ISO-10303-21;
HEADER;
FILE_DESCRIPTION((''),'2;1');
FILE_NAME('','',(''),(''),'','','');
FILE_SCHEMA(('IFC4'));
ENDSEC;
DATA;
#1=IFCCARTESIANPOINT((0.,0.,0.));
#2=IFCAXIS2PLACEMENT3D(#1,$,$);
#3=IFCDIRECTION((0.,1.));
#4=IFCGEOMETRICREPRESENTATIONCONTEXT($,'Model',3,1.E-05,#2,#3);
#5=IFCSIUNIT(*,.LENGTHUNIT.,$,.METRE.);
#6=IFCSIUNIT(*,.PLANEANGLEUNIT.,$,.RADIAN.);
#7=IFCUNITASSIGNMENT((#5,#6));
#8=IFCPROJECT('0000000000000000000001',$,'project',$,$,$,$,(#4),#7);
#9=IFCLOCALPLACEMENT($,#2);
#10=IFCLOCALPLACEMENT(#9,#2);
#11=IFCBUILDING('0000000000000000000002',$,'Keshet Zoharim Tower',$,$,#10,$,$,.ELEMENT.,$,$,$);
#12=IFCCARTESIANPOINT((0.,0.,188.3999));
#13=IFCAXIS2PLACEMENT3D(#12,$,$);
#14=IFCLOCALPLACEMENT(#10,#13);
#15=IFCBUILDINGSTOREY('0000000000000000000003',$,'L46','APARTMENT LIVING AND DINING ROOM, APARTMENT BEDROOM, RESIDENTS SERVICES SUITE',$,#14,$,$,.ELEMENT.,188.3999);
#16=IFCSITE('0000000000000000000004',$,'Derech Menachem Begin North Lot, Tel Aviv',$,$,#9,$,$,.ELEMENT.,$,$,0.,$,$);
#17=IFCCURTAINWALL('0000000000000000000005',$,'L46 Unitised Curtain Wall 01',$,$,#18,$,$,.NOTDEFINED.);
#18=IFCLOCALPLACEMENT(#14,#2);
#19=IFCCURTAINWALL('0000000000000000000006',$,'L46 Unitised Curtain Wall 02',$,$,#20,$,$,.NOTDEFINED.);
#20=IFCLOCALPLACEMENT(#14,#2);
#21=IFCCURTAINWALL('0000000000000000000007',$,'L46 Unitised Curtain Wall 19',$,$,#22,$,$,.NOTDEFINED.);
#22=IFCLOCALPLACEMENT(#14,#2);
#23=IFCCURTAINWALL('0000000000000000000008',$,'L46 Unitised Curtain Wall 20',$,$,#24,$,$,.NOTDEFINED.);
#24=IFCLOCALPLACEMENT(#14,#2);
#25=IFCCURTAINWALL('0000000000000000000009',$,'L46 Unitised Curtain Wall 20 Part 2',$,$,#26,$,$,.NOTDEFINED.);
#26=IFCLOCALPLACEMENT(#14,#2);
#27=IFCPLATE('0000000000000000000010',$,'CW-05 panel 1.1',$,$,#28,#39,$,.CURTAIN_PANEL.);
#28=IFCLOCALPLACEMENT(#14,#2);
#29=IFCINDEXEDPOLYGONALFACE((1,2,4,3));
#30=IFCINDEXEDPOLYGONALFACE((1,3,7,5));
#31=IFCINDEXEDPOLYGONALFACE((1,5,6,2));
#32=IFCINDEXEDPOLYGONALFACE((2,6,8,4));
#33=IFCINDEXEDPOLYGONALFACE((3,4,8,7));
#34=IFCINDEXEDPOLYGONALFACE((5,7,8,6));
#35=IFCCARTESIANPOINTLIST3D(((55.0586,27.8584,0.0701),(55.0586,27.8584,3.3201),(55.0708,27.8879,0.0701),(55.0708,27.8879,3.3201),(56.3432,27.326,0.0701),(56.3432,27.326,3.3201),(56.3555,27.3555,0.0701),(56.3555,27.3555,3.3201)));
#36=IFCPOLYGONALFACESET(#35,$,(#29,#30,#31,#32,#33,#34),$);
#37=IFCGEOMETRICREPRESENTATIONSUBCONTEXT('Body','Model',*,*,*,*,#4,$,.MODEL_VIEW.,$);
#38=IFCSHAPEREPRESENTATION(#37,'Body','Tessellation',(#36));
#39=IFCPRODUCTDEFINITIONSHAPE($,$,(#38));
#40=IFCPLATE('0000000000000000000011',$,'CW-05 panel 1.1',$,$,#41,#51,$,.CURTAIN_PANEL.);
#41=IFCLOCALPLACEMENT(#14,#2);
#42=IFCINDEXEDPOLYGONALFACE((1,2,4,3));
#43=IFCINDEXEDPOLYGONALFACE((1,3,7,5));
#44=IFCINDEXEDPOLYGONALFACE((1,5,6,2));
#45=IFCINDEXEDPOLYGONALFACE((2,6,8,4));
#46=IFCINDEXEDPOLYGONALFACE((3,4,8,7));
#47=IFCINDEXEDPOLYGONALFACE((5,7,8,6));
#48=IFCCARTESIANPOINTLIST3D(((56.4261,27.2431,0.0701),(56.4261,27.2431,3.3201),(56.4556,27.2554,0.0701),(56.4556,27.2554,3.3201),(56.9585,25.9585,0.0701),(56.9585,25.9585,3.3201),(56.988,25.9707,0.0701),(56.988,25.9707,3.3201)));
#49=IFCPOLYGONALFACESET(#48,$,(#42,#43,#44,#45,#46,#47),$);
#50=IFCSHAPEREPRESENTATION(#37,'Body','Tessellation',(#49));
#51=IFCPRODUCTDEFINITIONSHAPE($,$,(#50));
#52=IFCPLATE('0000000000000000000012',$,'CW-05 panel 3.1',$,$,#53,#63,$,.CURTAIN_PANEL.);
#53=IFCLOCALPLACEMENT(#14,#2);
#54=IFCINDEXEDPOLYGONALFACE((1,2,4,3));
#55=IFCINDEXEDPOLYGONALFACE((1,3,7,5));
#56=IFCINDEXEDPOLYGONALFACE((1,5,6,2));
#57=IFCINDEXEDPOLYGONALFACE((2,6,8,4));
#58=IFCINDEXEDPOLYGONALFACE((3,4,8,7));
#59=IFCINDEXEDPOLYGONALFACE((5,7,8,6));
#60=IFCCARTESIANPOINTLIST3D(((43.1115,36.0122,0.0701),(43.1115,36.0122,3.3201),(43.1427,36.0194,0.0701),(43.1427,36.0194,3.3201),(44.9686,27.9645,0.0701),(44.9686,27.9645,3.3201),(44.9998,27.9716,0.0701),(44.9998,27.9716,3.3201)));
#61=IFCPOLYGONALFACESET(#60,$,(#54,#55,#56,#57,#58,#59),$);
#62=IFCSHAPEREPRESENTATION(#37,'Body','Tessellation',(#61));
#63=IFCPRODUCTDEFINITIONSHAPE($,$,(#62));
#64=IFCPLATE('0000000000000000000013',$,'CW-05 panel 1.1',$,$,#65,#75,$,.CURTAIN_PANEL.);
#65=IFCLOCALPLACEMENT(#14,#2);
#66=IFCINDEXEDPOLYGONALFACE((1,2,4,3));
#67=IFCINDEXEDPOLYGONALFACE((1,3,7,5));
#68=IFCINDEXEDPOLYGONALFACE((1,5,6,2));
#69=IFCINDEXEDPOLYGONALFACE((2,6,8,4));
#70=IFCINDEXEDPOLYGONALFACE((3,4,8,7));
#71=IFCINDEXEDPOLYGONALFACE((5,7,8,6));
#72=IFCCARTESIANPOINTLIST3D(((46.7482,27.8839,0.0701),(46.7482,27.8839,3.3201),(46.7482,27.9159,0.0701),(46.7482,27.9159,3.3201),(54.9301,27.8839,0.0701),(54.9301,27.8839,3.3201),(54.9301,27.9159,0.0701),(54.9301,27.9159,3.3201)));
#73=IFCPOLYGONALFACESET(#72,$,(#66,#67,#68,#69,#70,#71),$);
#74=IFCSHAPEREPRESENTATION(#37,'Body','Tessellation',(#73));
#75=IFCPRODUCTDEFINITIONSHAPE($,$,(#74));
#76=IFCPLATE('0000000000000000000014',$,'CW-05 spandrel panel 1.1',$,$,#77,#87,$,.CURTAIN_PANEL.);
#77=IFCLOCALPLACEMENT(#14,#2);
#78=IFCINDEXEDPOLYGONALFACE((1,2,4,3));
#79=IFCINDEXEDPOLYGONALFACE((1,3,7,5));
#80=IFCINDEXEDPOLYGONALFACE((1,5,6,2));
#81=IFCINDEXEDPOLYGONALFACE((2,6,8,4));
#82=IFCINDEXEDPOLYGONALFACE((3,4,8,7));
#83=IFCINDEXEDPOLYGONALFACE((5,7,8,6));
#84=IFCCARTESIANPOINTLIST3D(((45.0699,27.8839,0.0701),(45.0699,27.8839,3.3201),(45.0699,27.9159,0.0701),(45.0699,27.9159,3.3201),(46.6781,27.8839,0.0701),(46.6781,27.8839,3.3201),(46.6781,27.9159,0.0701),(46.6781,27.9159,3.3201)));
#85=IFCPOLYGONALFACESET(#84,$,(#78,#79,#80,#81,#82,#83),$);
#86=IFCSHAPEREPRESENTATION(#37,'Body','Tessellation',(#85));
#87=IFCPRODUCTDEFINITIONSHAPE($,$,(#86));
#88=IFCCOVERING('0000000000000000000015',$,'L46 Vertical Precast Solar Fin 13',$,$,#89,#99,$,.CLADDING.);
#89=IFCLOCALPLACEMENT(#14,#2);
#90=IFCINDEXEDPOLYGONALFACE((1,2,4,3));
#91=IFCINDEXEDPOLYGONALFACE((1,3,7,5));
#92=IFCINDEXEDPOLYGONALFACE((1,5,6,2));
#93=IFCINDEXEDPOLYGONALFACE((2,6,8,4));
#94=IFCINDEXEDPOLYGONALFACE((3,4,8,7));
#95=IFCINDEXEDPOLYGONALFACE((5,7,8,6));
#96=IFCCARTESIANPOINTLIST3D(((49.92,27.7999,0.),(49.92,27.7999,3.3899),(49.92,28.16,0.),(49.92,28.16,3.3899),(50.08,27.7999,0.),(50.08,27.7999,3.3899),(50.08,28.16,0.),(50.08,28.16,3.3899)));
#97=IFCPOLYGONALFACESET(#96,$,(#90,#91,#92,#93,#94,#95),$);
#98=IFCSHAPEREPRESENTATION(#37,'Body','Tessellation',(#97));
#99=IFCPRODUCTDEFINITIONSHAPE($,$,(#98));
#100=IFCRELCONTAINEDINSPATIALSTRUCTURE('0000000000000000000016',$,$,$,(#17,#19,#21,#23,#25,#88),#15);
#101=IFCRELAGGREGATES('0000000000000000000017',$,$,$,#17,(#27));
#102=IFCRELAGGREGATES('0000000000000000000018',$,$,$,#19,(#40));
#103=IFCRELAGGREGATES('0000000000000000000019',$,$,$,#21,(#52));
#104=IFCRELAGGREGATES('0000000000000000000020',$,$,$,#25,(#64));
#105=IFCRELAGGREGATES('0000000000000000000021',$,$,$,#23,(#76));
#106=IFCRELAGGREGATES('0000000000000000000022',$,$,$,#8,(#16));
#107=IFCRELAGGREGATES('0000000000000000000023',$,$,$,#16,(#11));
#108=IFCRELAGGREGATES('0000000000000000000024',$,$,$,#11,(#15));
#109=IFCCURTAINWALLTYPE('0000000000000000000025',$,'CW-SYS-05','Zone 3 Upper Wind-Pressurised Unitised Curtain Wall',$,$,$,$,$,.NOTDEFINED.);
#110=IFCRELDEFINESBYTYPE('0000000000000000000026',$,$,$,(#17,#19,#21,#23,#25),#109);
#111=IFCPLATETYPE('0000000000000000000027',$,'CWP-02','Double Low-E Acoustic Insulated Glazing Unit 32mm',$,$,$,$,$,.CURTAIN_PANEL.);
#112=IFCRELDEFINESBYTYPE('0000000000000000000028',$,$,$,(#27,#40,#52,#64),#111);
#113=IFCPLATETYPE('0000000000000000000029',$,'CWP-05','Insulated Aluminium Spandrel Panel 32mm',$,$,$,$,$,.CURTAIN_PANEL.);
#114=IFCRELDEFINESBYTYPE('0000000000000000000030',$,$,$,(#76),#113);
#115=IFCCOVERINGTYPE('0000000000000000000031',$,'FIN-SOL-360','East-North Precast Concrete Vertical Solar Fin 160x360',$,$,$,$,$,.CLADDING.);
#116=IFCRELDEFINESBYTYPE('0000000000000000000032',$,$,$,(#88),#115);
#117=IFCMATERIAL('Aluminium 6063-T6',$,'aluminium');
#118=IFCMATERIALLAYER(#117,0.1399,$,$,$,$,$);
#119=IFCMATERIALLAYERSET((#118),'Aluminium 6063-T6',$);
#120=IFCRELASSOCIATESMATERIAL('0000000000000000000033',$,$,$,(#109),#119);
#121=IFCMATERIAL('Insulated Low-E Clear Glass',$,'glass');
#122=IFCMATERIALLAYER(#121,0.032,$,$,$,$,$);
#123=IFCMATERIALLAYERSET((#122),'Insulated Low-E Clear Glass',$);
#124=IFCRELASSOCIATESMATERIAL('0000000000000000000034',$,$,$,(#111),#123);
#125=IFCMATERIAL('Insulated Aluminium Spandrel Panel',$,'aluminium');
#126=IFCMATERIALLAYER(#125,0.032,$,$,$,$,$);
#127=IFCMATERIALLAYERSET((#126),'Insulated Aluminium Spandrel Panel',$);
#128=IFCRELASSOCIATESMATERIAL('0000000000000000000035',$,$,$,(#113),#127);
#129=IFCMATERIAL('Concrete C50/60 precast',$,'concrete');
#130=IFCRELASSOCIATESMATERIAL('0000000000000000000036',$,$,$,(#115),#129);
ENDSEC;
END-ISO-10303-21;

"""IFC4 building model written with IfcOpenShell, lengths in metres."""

from ifc_helpers import new_model, si_unit, direction, frame, origin, origin_2d, place, context, subcontext, project, spatial, rectangle, extrude, material, layer, layer_set, type_object, element, aggregate, save


model = new_model("IFC4")

# Units and contexts
model_context = context("Model", 3, precision=1e-05, world=origin(), true_north=direction((0.0, 1.0)))
body_context = subcontext(model_context, "Body", "Model", "MODEL_VIEW")
ifc_project = project(units=[si_unit("LENGTHUNIT", "METRE"), si_unit("PLANEANGLEUNIT", "RADIAN")], contexts=[model_context])

# Site, building, storey
site_placement = place(None, origin())
site = spatial("IfcSite", under=ifc_project, at=site_placement, Name="Derech Menachem Begin North Lot, Tel Aviv", CompositionType="ELEMENT", RefElevation=0.0)
building_placement = place(site_placement, origin())
building = spatial("IfcBuilding", under=site, at=building_placement, Name="Keshet Zoharim Tower", CompositionType="ELEMENT")
storey_placement = place(building_placement, frame((0.0, 0.0, 188.3999)))
storey = spatial("IfcBuildingStorey", under=building, at=storey_placement, Name="L46", Description="APARTMENT LIVING AND DINING ROOM, APARTMENT BEDROOM, RESIDENTS SERVICES SUITE", CompositionType="ELEMENT", Elevation=188.3999)

# Curtain walls
ifc_material_1 = material(Name="Aluminium 6063-T6", Category="aluminium")
ifc_layer_1 = layer(ifc_material_1, 0.1399)
ifc_layer_set_1 = layer_set([ifc_layer_1], Name="Aluminium 6063-T6")
curtain_wall_type = type_object("IfcCurtainWallType", Name="CW-SYS-05", Description="Zone 3 Upper Wind-Pressurised Unitised Curtain Wall", PredefinedType="NOTDEFINED", material=ifc_layer_set_1)
curtain_wall_1_placement = place(storey_placement, origin())
curtain_wall_1 = element("IfcCurtainWall", 1, at=curtain_wall_1_placement, inside=storey, type_object=curtain_wall_type, Name="L46 Unitised Curtain Wall 01", PredefinedType="NOTDEFINED")
curtain_wall_2_placement = place(storey_placement, origin())
curtain_wall_2 = element("IfcCurtainWall", 2, at=curtain_wall_2_placement, inside=storey, type_object=curtain_wall_type, Name="L46 Unitised Curtain Wall 02", PredefinedType="NOTDEFINED")

# Curtain wall
curtain_wall_3_placement = place(storey_placement, origin())
curtain_wall_3 = element("IfcCurtainWall", 3, at=curtain_wall_3_placement, inside=storey, type_object=curtain_wall_type, Name="L46 Unitised Curtain Wall 19", PredefinedType="NOTDEFINED")

# Curtain wall
curtain_wall_4_placement = place(storey_placement, origin())
curtain_wall_4 = element("IfcCurtainWall", 4, at=curtain_wall_4_placement, inside=storey, type_object=curtain_wall_type, Name="L46 Unitised Curtain Wall 20", PredefinedType="NOTDEFINED")

# Curtain wall
curtain_wall_5_placement = place(storey_placement, origin())
curtain_wall_5 = element("IfcCurtainWall", 5, at=curtain_wall_5_placement, inside=storey, type_object=curtain_wall_type, Name="L46 Unitised Curtain Wall 20 Part 2", PredefinedType="NOTDEFINED")

# Plates
ifc_material_2 = material(Name="Insulated Low-E Clear Glass", Category="glass")
ifc_layer_2 = layer(ifc_material_2, 0.032)
ifc_layer_set_2 = layer_set([ifc_layer_2], Name="Insulated Low-E Clear Glass")
plate_type_1 = type_object("IfcPlateType", Name="CWP-02", Description="Double Low-E Acoustic Insulated Glazing Unit 32mm", PredefinedType="CURTAIN_PANEL", material=ifc_layer_set_2)
plate_1_placement = place(storey_placement, frame((55.707, 27.6069, 0.0701), z_axis=(0.0, 0.0, 1.0), x_axis=(0.92381, -0.382852, 0.0)))
plate_1 = element("IfcPlate", 6, at=plate_1_placement, type_object=plate_type_1, Name="CW-05 panel 1.1", PredefinedType="CURTAIN_PANEL", context=body_context, shape_type="SweptSolid", body=[
    extrude(rectangle(XDim=1.3906, YDim=0.032, at=origin_2d()), origin(), (0.0, 0.0, 1.0), 3.25),
])
aggregate(curtain_wall_1, [plate_1])
plate_2_placement = place(storey_placement, frame((56.707, 26.6069, 0.0701), z_axis=(0.0, 0.0, 1.0), x_axis=(0.382852, -0.92381, 0.0)))
plate_2 = element("IfcPlate", 7, at=plate_2_placement, type_object=plate_type_1, Name="CW-05 panel 1.1", PredefinedType="CURTAIN_PANEL", context=body_context, shape_type="SweptSolid", body=[
    extrude(rectangle(XDim=1.3906, YDim=0.032, at=origin_2d()), origin(), (0.0, 0.0, 1.0), 3.25),
])
aggregate(curtain_wall_2, [plate_2])
plate_3_placement = place(storey_placement, frame((44.0557, 31.9919, 0.0701), z_axis=(0.0, 0.0, 1.0), x_axis=(0.224848, -0.974394, 0.0)))
plate_3 = element("IfcPlate", 8, at=plate_3_placement, type_object=plate_type_1, Name="CW-05 panel 3.1", PredefinedType="CURTAIN_PANEL", context=body_context, shape_type="SweptSolid", body=[
    extrude(rectangle(XDim=8.2593, YDim=0.032, at=origin_2d()), origin(), (0.0, 0.0, 1.0), 3.25),
])
aggregate(curtain_wall_3, [plate_3])
plate_4_placement = place(storey_placement, frame((50.8391, 27.8999, 0.0701), z_axis=(0.0, 0.0, 1.0), x_axis=(1.0, 0.0, 0.0)))
plate_4 = element("IfcPlate", 9, at=plate_4_placement, type_object=plate_type_1, Name="CW-05 panel 1.1", PredefinedType="CURTAIN_PANEL", context=body_context, shape_type="SweptSolid", body=[
    extrude(rectangle(XDim=8.1819, YDim=0.032, at=origin_2d()), origin(), (0.0, 0.0, 1.0), 3.25),
])
aggregate(curtain_wall_5, [plate_4])
ifc_material_3 = material(Name="Insulated Aluminium Spandrel Panel", Category="aluminium")
ifc_layer_3 = layer(ifc_material_3, 0.032)
ifc_layer_set_3 = layer_set([ifc_layer_3], Name="Insulated Aluminium Spandrel Panel")
plate_type_2 = type_object("IfcPlateType", Name="CWP-05", Description="Insulated Aluminium Spandrel Panel 32mm", PredefinedType="CURTAIN_PANEL", material=ifc_layer_set_3)
plate_5_placement = place(storey_placement, frame((45.874, 27.8999, 0.0701), z_axis=(0.0, 0.0, 1.0), x_axis=(1.0, 0.0, 0.0)))
plate_5 = element("IfcPlate", 10, at=plate_5_placement, type_object=plate_type_2, Name="CW-05 spandrel panel 1.1", PredefinedType="CURTAIN_PANEL", context=body_context, shape_type="SweptSolid", body=[
    extrude(rectangle(XDim=1.6082, YDim=0.032, at=origin_2d()), origin(), (0.0, 0.0, 1.0), 3.25),
])
aggregate(curtain_wall_4, [plate_5])

# Covering
ifc_material_4 = material(Name="Concrete C50/60 precast", Category="concrete")
covering_type = type_object("IfcCoveringType", Name="FIN-SOL-360", Description="East-North Precast Concrete Vertical Solar Fin 160x360", PredefinedType="CLADDING", material=ifc_material_4)
covering_placement = place(storey_placement, frame((50.0, 27.98, 0.0), z_axis=(0.0, 0.0, 1.0), x_axis=(1.0, 0.0, 0.0)))
element("IfcCovering", 11, at=covering_placement, inside=storey, type_object=covering_type, Name="L46 Vertical Precast Solar Fin 13", PredefinedType="CLADDING", context=body_context, shape_type="SweptSolid", body=[
    extrude(rectangle(XDim=0.1599, YDim=0.3601, at=origin_2d()), origin(), (0.0, 0.0, 1.0), 3.3899),
])

save(model, "model.ifc")
